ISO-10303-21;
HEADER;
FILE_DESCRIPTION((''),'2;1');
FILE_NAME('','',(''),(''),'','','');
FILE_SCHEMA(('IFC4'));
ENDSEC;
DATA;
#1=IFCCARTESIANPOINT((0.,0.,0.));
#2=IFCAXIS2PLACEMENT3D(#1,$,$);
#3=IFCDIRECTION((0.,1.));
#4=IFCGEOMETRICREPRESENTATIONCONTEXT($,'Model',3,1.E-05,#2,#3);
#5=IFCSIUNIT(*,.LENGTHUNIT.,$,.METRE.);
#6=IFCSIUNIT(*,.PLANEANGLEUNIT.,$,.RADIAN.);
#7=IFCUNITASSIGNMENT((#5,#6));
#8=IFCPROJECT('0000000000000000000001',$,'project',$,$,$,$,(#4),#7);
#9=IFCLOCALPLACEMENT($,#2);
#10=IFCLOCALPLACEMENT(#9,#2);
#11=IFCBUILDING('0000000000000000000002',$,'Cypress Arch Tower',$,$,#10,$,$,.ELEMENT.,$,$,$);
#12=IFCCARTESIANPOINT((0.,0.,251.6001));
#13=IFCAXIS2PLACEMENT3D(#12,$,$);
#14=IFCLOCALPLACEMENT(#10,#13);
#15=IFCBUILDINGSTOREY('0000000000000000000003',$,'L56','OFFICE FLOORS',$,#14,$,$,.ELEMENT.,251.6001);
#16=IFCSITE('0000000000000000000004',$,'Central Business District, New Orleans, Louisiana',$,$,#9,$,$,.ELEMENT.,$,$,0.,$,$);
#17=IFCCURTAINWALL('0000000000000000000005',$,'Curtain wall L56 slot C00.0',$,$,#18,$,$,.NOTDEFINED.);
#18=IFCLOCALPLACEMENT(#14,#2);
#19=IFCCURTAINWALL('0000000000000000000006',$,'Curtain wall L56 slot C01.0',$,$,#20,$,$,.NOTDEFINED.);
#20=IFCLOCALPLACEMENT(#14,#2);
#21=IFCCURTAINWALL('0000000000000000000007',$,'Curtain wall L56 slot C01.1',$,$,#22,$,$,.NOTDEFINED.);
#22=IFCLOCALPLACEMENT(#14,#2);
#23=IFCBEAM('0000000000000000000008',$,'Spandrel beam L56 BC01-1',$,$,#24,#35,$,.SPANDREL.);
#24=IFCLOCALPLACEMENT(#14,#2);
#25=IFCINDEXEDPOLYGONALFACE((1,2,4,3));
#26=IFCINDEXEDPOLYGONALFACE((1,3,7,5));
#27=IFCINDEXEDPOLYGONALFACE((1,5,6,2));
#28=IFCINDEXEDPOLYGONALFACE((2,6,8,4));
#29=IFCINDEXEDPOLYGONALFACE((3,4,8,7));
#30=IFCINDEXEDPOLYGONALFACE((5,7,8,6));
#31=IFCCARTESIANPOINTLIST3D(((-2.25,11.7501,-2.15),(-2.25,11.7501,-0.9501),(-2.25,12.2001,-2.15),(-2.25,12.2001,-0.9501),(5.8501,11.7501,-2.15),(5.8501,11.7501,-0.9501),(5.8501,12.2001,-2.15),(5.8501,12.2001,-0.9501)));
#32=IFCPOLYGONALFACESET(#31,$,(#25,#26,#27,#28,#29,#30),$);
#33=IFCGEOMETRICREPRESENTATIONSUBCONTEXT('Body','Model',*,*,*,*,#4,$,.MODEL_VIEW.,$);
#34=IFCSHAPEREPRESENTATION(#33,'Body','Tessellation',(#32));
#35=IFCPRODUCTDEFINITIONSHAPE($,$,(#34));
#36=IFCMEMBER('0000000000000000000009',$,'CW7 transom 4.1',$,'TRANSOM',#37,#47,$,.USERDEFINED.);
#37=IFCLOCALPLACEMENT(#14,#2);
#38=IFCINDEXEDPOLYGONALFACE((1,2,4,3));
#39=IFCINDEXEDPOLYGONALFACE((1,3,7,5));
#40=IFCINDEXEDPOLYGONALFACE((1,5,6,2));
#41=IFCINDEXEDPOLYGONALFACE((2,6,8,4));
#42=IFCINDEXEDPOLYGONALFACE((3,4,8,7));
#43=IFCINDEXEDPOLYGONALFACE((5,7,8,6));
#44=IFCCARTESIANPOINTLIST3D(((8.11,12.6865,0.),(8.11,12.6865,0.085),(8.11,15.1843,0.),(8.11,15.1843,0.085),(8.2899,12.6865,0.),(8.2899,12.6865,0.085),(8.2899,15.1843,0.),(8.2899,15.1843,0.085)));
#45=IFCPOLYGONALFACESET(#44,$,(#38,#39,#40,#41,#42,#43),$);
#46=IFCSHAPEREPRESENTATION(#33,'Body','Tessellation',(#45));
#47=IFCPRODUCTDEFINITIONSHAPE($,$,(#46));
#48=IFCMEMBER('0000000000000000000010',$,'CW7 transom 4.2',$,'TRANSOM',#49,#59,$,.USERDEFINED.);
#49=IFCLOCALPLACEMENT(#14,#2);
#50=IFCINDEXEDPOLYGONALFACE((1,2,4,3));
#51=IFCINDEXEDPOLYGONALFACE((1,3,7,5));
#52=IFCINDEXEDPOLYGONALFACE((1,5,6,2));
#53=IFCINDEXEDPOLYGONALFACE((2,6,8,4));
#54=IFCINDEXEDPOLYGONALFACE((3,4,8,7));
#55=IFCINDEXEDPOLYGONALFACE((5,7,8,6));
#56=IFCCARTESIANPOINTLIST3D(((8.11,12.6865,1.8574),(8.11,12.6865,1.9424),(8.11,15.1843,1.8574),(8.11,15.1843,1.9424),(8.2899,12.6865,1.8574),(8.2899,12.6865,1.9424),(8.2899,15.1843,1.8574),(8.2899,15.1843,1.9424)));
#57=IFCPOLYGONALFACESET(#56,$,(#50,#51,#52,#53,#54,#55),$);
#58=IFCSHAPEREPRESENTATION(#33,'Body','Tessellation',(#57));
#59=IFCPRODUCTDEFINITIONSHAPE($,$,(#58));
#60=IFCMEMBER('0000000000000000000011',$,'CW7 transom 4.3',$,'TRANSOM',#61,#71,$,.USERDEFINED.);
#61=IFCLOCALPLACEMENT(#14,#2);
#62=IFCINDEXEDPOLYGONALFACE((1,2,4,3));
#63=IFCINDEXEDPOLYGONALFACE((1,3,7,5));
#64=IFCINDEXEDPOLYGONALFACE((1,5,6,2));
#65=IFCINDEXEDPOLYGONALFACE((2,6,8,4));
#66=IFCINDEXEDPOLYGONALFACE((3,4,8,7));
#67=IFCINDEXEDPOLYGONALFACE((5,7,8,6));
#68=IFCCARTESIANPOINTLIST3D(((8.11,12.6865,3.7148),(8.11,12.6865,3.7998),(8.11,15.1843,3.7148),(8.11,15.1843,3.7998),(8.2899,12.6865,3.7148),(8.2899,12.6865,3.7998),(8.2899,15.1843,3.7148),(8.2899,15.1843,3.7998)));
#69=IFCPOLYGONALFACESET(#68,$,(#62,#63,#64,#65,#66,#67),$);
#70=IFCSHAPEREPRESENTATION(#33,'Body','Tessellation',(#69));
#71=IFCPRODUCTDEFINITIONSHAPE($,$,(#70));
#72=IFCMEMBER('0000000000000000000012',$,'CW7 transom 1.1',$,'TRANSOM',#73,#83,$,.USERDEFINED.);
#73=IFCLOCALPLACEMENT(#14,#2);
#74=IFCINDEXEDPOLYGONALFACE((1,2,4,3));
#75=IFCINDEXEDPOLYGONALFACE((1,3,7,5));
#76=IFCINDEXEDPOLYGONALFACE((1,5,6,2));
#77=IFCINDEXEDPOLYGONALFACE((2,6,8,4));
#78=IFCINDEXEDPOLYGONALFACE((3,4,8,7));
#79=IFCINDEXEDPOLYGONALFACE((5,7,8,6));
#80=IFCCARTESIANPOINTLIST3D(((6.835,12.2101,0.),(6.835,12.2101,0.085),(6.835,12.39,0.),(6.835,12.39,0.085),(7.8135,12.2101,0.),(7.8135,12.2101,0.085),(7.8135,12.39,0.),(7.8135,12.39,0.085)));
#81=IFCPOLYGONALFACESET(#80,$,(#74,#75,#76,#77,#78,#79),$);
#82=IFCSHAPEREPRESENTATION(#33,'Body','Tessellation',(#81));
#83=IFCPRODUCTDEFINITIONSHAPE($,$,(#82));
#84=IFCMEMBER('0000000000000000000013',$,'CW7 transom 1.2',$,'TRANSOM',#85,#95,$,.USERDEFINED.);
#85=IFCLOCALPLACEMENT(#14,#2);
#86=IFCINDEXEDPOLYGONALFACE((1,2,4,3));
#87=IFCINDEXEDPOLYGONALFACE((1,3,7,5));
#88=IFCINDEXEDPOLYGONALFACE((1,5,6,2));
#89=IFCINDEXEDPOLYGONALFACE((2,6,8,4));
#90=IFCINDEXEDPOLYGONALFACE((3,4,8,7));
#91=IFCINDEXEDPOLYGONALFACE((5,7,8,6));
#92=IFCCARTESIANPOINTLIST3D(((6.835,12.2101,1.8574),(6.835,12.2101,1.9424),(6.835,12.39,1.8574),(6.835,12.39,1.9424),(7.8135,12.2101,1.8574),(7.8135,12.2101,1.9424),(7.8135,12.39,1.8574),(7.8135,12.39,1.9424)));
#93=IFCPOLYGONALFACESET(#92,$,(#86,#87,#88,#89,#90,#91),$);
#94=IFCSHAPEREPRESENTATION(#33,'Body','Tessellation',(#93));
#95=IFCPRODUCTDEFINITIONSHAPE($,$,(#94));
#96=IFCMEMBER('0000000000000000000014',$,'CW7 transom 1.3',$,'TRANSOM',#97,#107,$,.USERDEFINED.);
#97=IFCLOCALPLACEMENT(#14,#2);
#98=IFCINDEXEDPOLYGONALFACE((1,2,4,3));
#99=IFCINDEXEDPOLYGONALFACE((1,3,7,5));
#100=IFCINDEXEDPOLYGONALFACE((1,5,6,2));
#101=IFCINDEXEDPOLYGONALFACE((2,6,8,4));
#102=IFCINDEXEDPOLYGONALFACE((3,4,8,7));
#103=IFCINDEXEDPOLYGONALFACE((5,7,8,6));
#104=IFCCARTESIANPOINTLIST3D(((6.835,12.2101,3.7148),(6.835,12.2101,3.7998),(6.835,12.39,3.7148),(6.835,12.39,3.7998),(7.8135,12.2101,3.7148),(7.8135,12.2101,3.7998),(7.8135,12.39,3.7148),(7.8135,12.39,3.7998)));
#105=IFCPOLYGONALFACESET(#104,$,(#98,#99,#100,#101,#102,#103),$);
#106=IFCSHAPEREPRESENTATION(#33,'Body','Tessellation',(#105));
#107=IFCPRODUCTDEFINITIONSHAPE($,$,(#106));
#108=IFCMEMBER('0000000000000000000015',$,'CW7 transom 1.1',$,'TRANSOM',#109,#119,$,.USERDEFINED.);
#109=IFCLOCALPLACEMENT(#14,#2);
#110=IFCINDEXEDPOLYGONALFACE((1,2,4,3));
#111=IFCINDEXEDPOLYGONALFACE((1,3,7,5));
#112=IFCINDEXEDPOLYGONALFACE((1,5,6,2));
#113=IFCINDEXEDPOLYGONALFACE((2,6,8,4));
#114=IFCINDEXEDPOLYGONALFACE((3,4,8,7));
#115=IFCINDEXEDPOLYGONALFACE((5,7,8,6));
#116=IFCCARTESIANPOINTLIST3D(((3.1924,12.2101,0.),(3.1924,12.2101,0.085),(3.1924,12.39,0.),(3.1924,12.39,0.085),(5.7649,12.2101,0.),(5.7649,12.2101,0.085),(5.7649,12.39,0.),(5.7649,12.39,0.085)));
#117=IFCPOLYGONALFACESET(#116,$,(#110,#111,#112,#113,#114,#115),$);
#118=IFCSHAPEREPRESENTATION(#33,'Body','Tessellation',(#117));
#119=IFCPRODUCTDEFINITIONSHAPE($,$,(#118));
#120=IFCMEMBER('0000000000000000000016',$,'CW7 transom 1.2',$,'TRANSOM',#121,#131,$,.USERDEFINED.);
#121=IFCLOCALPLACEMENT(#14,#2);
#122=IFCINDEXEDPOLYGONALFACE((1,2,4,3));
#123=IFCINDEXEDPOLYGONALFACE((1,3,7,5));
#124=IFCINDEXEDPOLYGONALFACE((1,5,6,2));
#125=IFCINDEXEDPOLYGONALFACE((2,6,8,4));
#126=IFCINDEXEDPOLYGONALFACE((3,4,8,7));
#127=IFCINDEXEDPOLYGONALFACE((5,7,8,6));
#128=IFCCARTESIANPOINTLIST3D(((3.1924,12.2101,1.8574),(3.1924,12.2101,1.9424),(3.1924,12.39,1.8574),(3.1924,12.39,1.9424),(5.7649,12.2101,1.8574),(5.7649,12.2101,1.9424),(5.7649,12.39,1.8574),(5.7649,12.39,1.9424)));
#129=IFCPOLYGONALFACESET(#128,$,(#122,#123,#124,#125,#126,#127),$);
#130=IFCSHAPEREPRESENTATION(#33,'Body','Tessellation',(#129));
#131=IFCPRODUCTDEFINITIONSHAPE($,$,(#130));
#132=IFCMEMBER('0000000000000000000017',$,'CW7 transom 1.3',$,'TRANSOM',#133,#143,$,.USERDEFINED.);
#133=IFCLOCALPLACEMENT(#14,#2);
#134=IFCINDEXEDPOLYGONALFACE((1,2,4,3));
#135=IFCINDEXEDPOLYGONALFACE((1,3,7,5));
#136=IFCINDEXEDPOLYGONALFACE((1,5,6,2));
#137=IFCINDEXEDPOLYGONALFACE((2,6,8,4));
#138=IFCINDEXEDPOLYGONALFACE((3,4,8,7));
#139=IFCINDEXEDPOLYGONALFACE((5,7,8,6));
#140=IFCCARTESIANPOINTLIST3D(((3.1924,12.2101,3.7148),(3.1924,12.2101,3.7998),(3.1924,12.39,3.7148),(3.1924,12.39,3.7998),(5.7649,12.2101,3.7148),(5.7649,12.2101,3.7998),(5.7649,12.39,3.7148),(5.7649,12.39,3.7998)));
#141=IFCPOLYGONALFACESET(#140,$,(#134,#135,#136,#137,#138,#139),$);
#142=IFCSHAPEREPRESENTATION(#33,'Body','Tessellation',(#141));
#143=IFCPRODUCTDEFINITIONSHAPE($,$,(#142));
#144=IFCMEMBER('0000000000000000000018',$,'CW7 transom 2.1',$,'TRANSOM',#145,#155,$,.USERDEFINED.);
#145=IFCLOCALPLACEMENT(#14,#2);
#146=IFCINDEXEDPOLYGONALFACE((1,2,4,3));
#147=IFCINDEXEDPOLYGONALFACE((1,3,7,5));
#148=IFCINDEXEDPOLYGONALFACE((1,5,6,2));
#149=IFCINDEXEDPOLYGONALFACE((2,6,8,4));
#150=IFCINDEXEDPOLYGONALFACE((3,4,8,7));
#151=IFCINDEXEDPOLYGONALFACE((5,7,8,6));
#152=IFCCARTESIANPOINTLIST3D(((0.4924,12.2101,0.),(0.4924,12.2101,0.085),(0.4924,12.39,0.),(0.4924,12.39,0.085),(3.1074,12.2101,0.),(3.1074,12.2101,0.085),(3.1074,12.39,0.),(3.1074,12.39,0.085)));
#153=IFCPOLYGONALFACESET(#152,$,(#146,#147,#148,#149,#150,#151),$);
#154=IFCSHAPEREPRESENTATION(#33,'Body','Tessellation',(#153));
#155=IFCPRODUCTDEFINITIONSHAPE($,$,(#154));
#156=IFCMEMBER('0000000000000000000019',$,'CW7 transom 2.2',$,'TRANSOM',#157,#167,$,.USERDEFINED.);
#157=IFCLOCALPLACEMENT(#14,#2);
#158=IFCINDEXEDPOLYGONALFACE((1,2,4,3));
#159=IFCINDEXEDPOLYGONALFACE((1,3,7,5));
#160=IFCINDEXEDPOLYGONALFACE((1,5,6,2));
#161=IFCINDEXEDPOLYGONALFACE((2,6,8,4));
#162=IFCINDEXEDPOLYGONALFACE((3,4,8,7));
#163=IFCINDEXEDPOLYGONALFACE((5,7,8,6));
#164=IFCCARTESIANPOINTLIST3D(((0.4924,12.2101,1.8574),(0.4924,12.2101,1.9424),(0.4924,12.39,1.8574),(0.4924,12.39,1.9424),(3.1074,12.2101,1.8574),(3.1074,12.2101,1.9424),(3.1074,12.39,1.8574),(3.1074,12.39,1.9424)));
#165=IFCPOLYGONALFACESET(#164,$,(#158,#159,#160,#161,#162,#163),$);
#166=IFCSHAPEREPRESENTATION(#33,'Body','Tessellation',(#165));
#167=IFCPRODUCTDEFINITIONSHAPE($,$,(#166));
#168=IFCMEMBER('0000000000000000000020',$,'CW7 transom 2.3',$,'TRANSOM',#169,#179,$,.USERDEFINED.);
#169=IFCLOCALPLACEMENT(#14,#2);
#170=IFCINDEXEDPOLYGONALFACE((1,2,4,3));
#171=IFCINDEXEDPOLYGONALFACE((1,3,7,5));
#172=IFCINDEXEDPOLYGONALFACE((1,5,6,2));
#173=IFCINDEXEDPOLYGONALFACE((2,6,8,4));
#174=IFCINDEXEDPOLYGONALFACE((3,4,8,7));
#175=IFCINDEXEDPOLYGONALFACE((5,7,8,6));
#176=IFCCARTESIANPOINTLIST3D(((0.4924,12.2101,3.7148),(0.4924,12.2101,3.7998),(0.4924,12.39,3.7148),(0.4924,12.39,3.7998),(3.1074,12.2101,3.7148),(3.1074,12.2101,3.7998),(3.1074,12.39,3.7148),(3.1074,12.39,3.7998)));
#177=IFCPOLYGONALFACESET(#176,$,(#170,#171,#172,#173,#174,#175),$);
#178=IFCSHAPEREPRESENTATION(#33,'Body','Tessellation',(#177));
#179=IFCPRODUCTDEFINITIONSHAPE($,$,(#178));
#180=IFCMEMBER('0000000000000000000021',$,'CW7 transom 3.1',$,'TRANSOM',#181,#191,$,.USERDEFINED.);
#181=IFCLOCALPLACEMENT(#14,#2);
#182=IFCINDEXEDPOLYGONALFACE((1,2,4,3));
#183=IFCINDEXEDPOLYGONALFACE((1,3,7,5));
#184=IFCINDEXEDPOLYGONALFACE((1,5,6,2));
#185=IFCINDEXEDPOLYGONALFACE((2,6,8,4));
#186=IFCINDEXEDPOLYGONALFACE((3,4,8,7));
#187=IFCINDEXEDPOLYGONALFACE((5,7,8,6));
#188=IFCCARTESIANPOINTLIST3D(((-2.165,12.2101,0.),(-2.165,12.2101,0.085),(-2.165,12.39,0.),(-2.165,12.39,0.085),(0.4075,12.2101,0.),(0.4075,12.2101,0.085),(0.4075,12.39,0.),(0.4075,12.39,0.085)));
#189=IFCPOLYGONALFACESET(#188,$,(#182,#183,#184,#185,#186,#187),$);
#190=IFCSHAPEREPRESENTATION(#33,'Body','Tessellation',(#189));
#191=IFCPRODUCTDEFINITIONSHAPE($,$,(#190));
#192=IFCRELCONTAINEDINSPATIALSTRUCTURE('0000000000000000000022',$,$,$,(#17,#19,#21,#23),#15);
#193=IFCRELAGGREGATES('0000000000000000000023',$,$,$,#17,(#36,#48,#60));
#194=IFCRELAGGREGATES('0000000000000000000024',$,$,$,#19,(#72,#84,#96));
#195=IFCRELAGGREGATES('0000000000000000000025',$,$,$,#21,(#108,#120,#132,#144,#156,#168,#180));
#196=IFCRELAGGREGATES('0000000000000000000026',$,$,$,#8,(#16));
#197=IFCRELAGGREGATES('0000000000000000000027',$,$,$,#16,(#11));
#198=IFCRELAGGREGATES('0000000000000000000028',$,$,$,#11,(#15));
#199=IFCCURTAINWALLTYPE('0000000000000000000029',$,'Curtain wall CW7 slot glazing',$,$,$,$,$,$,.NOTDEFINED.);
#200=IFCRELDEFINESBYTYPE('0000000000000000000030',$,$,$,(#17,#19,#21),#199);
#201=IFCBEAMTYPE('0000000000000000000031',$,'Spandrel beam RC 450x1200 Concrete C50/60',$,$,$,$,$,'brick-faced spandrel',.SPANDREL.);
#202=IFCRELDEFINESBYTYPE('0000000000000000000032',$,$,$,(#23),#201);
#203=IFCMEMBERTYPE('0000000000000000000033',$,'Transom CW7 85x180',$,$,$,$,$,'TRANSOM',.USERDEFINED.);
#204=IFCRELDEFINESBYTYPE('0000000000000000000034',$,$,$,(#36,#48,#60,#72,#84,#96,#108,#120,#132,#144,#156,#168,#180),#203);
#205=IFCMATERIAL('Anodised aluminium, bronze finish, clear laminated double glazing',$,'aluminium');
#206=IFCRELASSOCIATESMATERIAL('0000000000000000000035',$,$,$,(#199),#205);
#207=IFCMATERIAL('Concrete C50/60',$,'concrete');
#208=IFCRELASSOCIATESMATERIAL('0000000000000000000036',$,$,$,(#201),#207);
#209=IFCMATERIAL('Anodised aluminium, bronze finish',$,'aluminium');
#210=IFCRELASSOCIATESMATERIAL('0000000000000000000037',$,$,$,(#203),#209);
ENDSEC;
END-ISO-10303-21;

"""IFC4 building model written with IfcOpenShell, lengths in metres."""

from ifc_helpers import new_model, si_unit, direction, frame, origin, origin_2d, place, context, subcontext, project, spatial, rectangle, extrude, material, material_profile, profile_set, type_object, element, aggregate, save


model = new_model("IFC4")

# Units and contexts
model_context = context("Model", 3, precision=1e-05, world=origin(), true_north=direction((0.0, 1.0)))
body_context = subcontext(model_context, "Body", "Model", "MODEL_VIEW")
ifc_project = project(units=[si_unit("LENGTHUNIT", "METRE"), si_unit("PLANEANGLEUNIT", "RADIAN")], contexts=[model_context])

# Site, building, storey
site_placement = place(None, origin())
site = spatial("IfcSite", under=ifc_project, at=site_placement, Name="Central Business District, New Orleans, Louisiana", CompositionType="ELEMENT", RefElevation=0.0)
building_placement = place(site_placement, origin())
building = spatial("IfcBuilding", under=site, at=building_placement, Name="Cypress Arch Tower", CompositionType="ELEMENT")
storey_placement = place(building_placement, frame((0.0, 0.0, 251.6001)))
storey = spatial("IfcBuildingStorey", under=building, at=storey_placement, Name="L56", Description="OFFICE FLOORS", CompositionType="ELEMENT", Elevation=251.6001)

# Curtain walls
ifc_material_1 = material(Name="Anodised aluminium, bronze finish, clear laminated double glazing", Category="aluminium")
curtain_wall_type = type_object("IfcCurtainWallType", Name="Curtain wall CW7 slot glazing", PredefinedType="NOTDEFINED", material=ifc_material_1)
curtain_wall_1_placement = place(storey_placement, origin())
curtain_wall_1 = element("IfcCurtainWall", 1, at=curtain_wall_1_placement, inside=storey, type_object=curtain_wall_type, Name="Curtain wall L56 slot C00.0", PredefinedType="NOTDEFINED")
curtain_wall_2_placement = place(storey_placement, origin())
curtain_wall_2 = element("IfcCurtainWall", 2, at=curtain_wall_2_placement, inside=storey, type_object=curtain_wall_type, Name="Curtain wall L56 slot C01.0", PredefinedType="NOTDEFINED")
curtain_wall_3_placement = place(storey_placement, origin())
curtain_wall_3 = element("IfcCurtainWall", 3, at=curtain_wall_3_placement, inside=storey, type_object=curtain_wall_type, Name="Curtain wall L56 slot C01.1", PredefinedType="NOTDEFINED")

# Beam
ifc_material_2 = material(Name="Concrete C50/60", Category="concrete")
ifc_material_profile_1 = material_profile(ifc_material_2, rectangle(XDim=0.45, YDim=1.2, at=origin_2d()), Name="RC 450x1200")
ifc_profile_set_1 = profile_set([ifc_material_profile_1], Name="Concrete C50/60")
beam_type_1 = type_object("IfcBeamType", Name="Spandrel beam RC 450x1200 Concrete C50/60", ElementType="brick-faced spandrel", PredefinedType="SPANDREL", material=ifc_profile_set_1)
beam_1_placement = place(storey_placement, frame((5.8501, 11.9751, -1.55), z_axis=(-1.0, 0.0, 0.0), x_axis=(0.0, -1.0, 0.0)))
element("IfcBeam", 4, at=beam_1_placement, inside=storey, type_object=beam_type_1, Name="Spandrel beam L56 BC01-1", PredefinedType="SPANDREL", context=body_context, shape_type="SweptSolid", body=[
    extrude(rectangle(XDim=0.45, YDim=1.2, at=origin_2d()), origin(), (0.0, 0.0, 1.0), 8.1001),
])

# Members
ifc_material_3 = material(Name="Anodised aluminium, bronze finish", Category="aluminium")
ifc_material_profile_2 = material_profile(ifc_material_3, rectangle(XDim=0.1799, YDim=0.085, at=origin_2d()), Name="Transom 85x180")
ifc_profile_set_2 = profile_set([ifc_material_profile_2], Name="Anodised aluminium, bronze finish")
member_type_1 = type_object("IfcMemberType", Name="Transom CW7 85x180", ElementType="TRANSOM", PredefinedType="USERDEFINED", material=ifc_profile_set_2)
member_1_placement = place(storey_placement, frame((8.2, 15.1843, 0.0425), z_axis=(0.0, -1.0, 0.0), x_axis=(1.0, 0.0, 0.0)))
member_1 = element("IfcMember", 5, at=member_1_placement, type_object=member_type_1, Name="CW7 transom 4.1", ObjectType="TRANSOM", PredefinedType="USERDEFINED", context=body_context, shape_type="SweptSolid", body=[
    extrude(rectangle(XDim=0.1799, YDim=0.085, at=origin_2d()), origin(), (0.0, 0.0, 1.0), 2.4978),
])
member_2_placement = place(storey_placement, frame((8.2, 15.1843, 1.8999), z_axis=(0.0, -1.0, 0.0), x_axis=(1.0, 0.0, 0.0)))
member_2 = element("IfcMember", 6, at=member_2_placement, type_object=member_type_1, Name="CW7 transom 4.2", ObjectType="TRANSOM", PredefinedType="USERDEFINED", context=body_context, shape_type="SweptSolid", body=[
    extrude(rectangle(XDim=0.1799, YDim=0.085, at=origin_2d()), origin(), (0.0, 0.0, 1.0), 2.4978),
])
member_3_placement = place(storey_placement, frame((8.2, 15.1843, 3.7573), z_axis=(0.0, -1.0, 0.0), x_axis=(1.0, 0.0, 0.0)))
member_3 = element("IfcMember", 7, at=member_3_placement, type_object=member_type_1, Name="CW7 transom 4.3", ObjectType="TRANSOM", PredefinedType="USERDEFINED", context=body_context, shape_type="SweptSolid", body=[
    extrude(rectangle(XDim=0.1799, YDim=0.085, at=origin_2d()), origin(), (0.0, 0.0, 1.0), 2.4978),
])
member_4_placement = place(storey_placement, frame((7.8135, 12.3, 0.0425), z_axis=(-1.0, 0.0, 0.0), x_axis=(0.0, -1.0, 0.0)))
member_4 = element("IfcMember", 8, at=member_4_placement, type_object=member_type_1, Name="CW7 transom 1.1", ObjectType="TRANSOM", PredefinedType="USERDEFINED", context=body_context, shape_type="SweptSolid", body=[
    extrude(rectangle(XDim=0.1799, YDim=0.085, at=origin_2d()), origin(), (0.0, 0.0, 1.0), 0.9785),
])
member_5_placement = place(storey_placement, frame((7.8135, 12.3, 1.8999), z_axis=(-1.0, 0.0, 0.0), x_axis=(0.0, -1.0, 0.0)))
member_5 = element("IfcMember", 9, at=member_5_placement, type_object=member_type_1, Name="CW7 transom 1.2", ObjectType="TRANSOM", PredefinedType="USERDEFINED", context=body_context, shape_type="SweptSolid", body=[
    extrude(rectangle(XDim=0.1799, YDim=0.085, at=origin_2d()), origin(), (0.0, 0.0, 1.0), 0.9785),
])
member_6_placement = place(storey_placement, frame((7.8135, 12.3, 3.7573), z_axis=(-1.0, 0.0, 0.0), x_axis=(0.0, -1.0, 0.0)))
member_6 = element("IfcMember", 10, at=member_6_placement, type_object=member_type_1, Name="CW7 transom 1.3", ObjectType="TRANSOM", PredefinedType="USERDEFINED", context=body_context, shape_type="SweptSolid", body=[
    extrude(rectangle(XDim=0.1799, YDim=0.085, at=origin_2d()), origin(), (0.0, 0.0, 1.0), 0.9785),
])
member_7_placement = place(storey_placement, frame((5.7649, 12.3, 0.0425), z_axis=(-1.0, 0.0, 0.0), x_axis=(0.0, -1.0, 0.0)))
member_7 = element("IfcMember", 11, at=member_7_placement, type_object=member_type_1, Name="CW7 transom 1.1", ObjectType="TRANSOM", PredefinedType="USERDEFINED", context=body_context, shape_type="SweptSolid", body=[
    extrude(rectangle(XDim=0.1799, YDim=0.085, at=origin_2d()), origin(), (0.0, 0.0, 1.0), 2.5725),
])
member_8_placement = place(storey_placement, frame((5.7649, 12.3, 1.8999), z_axis=(-1.0, 0.0, 0.0), x_axis=(0.0, -1.0, 0.0)))
member_8 = element("IfcMember", 12, at=member_8_placement, type_object=member_type_1, Name="CW7 transom 1.2", ObjectType="TRANSOM", PredefinedType="USERDEFINED", context=body_context, shape_type="SweptSolid", body=[
    extrude(rectangle(XDim=0.1799, YDim=0.085, at=origin_2d()), origin(), (0.0, 0.0, 1.0), 2.5725),
])
member_9_placement = place(storey_placement, frame((5.7649, 12.3, 3.7573), z_axis=(-1.0, 0.0, 0.0), x_axis=(0.0, -1.0, 0.0)))
member_9 = element("IfcMember", 13, at=member_9_placement, type_object=member_type_1, Name="CW7 transom 1.3", ObjectType="TRANSOM", PredefinedType="USERDEFINED", context=body_context, shape_type="SweptSolid", body=[
    extrude(rectangle(XDim=0.1799, YDim=0.085, at=origin_2d()), origin(), (0.0, 0.0, 1.0), 2.5725),
])
member_10_placement = place(storey_placement, frame((3.1074, 12.3, 0.0425), z_axis=(-1.0, 0.0, 0.0), x_axis=(0.0, -1.0, 0.0)))
member_10 = element("IfcMember", 14, at=member_10_placement, type_object=member_type_1, Name="CW7 transom 2.1", ObjectType="TRANSOM", PredefinedType="USERDEFINED", context=body_context, shape_type="SweptSolid", body=[
    extrude(rectangle(XDim=0.1799, YDim=0.085, at=origin_2d()), origin(), (0.0, 0.0, 1.0), 2.615),
])
member_11_placement = place(storey_placement, frame((3.1074, 12.3, 1.8999), z_axis=(-1.0, 0.0, 0.0), x_axis=(0.0, -1.0, 0.0)))
member_11 = element("IfcMember", 15, at=member_11_placement, type_object=member_type_1, Name="CW7 transom 2.2", ObjectType="TRANSOM", PredefinedType="USERDEFINED", context=body_context, shape_type="SweptSolid", body=[
    extrude(rectangle(XDim=0.1799, YDim=0.085, at=origin_2d()), origin(), (0.0, 0.0, 1.0), 2.615),
])
member_12_placement = place(storey_placement, frame((3.1074, 12.3, 3.7573), z_axis=(-1.0, 0.0, 0.0), x_axis=(0.0, -1.0, 0.0)))
member_12 = element("IfcMember", 16, at=member_12_placement, type_object=member_type_1, Name="CW7 transom 2.3", ObjectType="TRANSOM", PredefinedType="USERDEFINED", context=body_context, shape_type="SweptSolid", body=[
    extrude(rectangle(XDim=0.1799, YDim=0.085, at=origin_2d()), origin(), (0.0, 0.0, 1.0), 2.615),
])
member_13_placement = place(storey_placement, frame((0.4075, 12.3, 0.0425), z_axis=(-1.0, 0.0, 0.0), x_axis=(0.0, -1.0, 0.0)))
member_13 = element("IfcMember", 17, at=member_13_placement, type_object=member_type_1, Name="CW7 transom 3.1", ObjectType="TRANSOM", PredefinedType="USERDEFINED", context=body_context, shape_type="SweptSolid", body=[
    extrude(rectangle(XDim=0.1799, YDim=0.085, at=origin_2d()), origin(), (0.0, 0.0, 1.0), 2.5725),
])

aggregate(curtain_wall_1, [member_1, member_2, member_3])
aggregate(curtain_wall_2, [member_4, member_5, member_6])
aggregate(curtain_wall_3, [member_7, member_8, member_9, member_10, member_11, member_12, member_13])

save(model, "model.ifc")
